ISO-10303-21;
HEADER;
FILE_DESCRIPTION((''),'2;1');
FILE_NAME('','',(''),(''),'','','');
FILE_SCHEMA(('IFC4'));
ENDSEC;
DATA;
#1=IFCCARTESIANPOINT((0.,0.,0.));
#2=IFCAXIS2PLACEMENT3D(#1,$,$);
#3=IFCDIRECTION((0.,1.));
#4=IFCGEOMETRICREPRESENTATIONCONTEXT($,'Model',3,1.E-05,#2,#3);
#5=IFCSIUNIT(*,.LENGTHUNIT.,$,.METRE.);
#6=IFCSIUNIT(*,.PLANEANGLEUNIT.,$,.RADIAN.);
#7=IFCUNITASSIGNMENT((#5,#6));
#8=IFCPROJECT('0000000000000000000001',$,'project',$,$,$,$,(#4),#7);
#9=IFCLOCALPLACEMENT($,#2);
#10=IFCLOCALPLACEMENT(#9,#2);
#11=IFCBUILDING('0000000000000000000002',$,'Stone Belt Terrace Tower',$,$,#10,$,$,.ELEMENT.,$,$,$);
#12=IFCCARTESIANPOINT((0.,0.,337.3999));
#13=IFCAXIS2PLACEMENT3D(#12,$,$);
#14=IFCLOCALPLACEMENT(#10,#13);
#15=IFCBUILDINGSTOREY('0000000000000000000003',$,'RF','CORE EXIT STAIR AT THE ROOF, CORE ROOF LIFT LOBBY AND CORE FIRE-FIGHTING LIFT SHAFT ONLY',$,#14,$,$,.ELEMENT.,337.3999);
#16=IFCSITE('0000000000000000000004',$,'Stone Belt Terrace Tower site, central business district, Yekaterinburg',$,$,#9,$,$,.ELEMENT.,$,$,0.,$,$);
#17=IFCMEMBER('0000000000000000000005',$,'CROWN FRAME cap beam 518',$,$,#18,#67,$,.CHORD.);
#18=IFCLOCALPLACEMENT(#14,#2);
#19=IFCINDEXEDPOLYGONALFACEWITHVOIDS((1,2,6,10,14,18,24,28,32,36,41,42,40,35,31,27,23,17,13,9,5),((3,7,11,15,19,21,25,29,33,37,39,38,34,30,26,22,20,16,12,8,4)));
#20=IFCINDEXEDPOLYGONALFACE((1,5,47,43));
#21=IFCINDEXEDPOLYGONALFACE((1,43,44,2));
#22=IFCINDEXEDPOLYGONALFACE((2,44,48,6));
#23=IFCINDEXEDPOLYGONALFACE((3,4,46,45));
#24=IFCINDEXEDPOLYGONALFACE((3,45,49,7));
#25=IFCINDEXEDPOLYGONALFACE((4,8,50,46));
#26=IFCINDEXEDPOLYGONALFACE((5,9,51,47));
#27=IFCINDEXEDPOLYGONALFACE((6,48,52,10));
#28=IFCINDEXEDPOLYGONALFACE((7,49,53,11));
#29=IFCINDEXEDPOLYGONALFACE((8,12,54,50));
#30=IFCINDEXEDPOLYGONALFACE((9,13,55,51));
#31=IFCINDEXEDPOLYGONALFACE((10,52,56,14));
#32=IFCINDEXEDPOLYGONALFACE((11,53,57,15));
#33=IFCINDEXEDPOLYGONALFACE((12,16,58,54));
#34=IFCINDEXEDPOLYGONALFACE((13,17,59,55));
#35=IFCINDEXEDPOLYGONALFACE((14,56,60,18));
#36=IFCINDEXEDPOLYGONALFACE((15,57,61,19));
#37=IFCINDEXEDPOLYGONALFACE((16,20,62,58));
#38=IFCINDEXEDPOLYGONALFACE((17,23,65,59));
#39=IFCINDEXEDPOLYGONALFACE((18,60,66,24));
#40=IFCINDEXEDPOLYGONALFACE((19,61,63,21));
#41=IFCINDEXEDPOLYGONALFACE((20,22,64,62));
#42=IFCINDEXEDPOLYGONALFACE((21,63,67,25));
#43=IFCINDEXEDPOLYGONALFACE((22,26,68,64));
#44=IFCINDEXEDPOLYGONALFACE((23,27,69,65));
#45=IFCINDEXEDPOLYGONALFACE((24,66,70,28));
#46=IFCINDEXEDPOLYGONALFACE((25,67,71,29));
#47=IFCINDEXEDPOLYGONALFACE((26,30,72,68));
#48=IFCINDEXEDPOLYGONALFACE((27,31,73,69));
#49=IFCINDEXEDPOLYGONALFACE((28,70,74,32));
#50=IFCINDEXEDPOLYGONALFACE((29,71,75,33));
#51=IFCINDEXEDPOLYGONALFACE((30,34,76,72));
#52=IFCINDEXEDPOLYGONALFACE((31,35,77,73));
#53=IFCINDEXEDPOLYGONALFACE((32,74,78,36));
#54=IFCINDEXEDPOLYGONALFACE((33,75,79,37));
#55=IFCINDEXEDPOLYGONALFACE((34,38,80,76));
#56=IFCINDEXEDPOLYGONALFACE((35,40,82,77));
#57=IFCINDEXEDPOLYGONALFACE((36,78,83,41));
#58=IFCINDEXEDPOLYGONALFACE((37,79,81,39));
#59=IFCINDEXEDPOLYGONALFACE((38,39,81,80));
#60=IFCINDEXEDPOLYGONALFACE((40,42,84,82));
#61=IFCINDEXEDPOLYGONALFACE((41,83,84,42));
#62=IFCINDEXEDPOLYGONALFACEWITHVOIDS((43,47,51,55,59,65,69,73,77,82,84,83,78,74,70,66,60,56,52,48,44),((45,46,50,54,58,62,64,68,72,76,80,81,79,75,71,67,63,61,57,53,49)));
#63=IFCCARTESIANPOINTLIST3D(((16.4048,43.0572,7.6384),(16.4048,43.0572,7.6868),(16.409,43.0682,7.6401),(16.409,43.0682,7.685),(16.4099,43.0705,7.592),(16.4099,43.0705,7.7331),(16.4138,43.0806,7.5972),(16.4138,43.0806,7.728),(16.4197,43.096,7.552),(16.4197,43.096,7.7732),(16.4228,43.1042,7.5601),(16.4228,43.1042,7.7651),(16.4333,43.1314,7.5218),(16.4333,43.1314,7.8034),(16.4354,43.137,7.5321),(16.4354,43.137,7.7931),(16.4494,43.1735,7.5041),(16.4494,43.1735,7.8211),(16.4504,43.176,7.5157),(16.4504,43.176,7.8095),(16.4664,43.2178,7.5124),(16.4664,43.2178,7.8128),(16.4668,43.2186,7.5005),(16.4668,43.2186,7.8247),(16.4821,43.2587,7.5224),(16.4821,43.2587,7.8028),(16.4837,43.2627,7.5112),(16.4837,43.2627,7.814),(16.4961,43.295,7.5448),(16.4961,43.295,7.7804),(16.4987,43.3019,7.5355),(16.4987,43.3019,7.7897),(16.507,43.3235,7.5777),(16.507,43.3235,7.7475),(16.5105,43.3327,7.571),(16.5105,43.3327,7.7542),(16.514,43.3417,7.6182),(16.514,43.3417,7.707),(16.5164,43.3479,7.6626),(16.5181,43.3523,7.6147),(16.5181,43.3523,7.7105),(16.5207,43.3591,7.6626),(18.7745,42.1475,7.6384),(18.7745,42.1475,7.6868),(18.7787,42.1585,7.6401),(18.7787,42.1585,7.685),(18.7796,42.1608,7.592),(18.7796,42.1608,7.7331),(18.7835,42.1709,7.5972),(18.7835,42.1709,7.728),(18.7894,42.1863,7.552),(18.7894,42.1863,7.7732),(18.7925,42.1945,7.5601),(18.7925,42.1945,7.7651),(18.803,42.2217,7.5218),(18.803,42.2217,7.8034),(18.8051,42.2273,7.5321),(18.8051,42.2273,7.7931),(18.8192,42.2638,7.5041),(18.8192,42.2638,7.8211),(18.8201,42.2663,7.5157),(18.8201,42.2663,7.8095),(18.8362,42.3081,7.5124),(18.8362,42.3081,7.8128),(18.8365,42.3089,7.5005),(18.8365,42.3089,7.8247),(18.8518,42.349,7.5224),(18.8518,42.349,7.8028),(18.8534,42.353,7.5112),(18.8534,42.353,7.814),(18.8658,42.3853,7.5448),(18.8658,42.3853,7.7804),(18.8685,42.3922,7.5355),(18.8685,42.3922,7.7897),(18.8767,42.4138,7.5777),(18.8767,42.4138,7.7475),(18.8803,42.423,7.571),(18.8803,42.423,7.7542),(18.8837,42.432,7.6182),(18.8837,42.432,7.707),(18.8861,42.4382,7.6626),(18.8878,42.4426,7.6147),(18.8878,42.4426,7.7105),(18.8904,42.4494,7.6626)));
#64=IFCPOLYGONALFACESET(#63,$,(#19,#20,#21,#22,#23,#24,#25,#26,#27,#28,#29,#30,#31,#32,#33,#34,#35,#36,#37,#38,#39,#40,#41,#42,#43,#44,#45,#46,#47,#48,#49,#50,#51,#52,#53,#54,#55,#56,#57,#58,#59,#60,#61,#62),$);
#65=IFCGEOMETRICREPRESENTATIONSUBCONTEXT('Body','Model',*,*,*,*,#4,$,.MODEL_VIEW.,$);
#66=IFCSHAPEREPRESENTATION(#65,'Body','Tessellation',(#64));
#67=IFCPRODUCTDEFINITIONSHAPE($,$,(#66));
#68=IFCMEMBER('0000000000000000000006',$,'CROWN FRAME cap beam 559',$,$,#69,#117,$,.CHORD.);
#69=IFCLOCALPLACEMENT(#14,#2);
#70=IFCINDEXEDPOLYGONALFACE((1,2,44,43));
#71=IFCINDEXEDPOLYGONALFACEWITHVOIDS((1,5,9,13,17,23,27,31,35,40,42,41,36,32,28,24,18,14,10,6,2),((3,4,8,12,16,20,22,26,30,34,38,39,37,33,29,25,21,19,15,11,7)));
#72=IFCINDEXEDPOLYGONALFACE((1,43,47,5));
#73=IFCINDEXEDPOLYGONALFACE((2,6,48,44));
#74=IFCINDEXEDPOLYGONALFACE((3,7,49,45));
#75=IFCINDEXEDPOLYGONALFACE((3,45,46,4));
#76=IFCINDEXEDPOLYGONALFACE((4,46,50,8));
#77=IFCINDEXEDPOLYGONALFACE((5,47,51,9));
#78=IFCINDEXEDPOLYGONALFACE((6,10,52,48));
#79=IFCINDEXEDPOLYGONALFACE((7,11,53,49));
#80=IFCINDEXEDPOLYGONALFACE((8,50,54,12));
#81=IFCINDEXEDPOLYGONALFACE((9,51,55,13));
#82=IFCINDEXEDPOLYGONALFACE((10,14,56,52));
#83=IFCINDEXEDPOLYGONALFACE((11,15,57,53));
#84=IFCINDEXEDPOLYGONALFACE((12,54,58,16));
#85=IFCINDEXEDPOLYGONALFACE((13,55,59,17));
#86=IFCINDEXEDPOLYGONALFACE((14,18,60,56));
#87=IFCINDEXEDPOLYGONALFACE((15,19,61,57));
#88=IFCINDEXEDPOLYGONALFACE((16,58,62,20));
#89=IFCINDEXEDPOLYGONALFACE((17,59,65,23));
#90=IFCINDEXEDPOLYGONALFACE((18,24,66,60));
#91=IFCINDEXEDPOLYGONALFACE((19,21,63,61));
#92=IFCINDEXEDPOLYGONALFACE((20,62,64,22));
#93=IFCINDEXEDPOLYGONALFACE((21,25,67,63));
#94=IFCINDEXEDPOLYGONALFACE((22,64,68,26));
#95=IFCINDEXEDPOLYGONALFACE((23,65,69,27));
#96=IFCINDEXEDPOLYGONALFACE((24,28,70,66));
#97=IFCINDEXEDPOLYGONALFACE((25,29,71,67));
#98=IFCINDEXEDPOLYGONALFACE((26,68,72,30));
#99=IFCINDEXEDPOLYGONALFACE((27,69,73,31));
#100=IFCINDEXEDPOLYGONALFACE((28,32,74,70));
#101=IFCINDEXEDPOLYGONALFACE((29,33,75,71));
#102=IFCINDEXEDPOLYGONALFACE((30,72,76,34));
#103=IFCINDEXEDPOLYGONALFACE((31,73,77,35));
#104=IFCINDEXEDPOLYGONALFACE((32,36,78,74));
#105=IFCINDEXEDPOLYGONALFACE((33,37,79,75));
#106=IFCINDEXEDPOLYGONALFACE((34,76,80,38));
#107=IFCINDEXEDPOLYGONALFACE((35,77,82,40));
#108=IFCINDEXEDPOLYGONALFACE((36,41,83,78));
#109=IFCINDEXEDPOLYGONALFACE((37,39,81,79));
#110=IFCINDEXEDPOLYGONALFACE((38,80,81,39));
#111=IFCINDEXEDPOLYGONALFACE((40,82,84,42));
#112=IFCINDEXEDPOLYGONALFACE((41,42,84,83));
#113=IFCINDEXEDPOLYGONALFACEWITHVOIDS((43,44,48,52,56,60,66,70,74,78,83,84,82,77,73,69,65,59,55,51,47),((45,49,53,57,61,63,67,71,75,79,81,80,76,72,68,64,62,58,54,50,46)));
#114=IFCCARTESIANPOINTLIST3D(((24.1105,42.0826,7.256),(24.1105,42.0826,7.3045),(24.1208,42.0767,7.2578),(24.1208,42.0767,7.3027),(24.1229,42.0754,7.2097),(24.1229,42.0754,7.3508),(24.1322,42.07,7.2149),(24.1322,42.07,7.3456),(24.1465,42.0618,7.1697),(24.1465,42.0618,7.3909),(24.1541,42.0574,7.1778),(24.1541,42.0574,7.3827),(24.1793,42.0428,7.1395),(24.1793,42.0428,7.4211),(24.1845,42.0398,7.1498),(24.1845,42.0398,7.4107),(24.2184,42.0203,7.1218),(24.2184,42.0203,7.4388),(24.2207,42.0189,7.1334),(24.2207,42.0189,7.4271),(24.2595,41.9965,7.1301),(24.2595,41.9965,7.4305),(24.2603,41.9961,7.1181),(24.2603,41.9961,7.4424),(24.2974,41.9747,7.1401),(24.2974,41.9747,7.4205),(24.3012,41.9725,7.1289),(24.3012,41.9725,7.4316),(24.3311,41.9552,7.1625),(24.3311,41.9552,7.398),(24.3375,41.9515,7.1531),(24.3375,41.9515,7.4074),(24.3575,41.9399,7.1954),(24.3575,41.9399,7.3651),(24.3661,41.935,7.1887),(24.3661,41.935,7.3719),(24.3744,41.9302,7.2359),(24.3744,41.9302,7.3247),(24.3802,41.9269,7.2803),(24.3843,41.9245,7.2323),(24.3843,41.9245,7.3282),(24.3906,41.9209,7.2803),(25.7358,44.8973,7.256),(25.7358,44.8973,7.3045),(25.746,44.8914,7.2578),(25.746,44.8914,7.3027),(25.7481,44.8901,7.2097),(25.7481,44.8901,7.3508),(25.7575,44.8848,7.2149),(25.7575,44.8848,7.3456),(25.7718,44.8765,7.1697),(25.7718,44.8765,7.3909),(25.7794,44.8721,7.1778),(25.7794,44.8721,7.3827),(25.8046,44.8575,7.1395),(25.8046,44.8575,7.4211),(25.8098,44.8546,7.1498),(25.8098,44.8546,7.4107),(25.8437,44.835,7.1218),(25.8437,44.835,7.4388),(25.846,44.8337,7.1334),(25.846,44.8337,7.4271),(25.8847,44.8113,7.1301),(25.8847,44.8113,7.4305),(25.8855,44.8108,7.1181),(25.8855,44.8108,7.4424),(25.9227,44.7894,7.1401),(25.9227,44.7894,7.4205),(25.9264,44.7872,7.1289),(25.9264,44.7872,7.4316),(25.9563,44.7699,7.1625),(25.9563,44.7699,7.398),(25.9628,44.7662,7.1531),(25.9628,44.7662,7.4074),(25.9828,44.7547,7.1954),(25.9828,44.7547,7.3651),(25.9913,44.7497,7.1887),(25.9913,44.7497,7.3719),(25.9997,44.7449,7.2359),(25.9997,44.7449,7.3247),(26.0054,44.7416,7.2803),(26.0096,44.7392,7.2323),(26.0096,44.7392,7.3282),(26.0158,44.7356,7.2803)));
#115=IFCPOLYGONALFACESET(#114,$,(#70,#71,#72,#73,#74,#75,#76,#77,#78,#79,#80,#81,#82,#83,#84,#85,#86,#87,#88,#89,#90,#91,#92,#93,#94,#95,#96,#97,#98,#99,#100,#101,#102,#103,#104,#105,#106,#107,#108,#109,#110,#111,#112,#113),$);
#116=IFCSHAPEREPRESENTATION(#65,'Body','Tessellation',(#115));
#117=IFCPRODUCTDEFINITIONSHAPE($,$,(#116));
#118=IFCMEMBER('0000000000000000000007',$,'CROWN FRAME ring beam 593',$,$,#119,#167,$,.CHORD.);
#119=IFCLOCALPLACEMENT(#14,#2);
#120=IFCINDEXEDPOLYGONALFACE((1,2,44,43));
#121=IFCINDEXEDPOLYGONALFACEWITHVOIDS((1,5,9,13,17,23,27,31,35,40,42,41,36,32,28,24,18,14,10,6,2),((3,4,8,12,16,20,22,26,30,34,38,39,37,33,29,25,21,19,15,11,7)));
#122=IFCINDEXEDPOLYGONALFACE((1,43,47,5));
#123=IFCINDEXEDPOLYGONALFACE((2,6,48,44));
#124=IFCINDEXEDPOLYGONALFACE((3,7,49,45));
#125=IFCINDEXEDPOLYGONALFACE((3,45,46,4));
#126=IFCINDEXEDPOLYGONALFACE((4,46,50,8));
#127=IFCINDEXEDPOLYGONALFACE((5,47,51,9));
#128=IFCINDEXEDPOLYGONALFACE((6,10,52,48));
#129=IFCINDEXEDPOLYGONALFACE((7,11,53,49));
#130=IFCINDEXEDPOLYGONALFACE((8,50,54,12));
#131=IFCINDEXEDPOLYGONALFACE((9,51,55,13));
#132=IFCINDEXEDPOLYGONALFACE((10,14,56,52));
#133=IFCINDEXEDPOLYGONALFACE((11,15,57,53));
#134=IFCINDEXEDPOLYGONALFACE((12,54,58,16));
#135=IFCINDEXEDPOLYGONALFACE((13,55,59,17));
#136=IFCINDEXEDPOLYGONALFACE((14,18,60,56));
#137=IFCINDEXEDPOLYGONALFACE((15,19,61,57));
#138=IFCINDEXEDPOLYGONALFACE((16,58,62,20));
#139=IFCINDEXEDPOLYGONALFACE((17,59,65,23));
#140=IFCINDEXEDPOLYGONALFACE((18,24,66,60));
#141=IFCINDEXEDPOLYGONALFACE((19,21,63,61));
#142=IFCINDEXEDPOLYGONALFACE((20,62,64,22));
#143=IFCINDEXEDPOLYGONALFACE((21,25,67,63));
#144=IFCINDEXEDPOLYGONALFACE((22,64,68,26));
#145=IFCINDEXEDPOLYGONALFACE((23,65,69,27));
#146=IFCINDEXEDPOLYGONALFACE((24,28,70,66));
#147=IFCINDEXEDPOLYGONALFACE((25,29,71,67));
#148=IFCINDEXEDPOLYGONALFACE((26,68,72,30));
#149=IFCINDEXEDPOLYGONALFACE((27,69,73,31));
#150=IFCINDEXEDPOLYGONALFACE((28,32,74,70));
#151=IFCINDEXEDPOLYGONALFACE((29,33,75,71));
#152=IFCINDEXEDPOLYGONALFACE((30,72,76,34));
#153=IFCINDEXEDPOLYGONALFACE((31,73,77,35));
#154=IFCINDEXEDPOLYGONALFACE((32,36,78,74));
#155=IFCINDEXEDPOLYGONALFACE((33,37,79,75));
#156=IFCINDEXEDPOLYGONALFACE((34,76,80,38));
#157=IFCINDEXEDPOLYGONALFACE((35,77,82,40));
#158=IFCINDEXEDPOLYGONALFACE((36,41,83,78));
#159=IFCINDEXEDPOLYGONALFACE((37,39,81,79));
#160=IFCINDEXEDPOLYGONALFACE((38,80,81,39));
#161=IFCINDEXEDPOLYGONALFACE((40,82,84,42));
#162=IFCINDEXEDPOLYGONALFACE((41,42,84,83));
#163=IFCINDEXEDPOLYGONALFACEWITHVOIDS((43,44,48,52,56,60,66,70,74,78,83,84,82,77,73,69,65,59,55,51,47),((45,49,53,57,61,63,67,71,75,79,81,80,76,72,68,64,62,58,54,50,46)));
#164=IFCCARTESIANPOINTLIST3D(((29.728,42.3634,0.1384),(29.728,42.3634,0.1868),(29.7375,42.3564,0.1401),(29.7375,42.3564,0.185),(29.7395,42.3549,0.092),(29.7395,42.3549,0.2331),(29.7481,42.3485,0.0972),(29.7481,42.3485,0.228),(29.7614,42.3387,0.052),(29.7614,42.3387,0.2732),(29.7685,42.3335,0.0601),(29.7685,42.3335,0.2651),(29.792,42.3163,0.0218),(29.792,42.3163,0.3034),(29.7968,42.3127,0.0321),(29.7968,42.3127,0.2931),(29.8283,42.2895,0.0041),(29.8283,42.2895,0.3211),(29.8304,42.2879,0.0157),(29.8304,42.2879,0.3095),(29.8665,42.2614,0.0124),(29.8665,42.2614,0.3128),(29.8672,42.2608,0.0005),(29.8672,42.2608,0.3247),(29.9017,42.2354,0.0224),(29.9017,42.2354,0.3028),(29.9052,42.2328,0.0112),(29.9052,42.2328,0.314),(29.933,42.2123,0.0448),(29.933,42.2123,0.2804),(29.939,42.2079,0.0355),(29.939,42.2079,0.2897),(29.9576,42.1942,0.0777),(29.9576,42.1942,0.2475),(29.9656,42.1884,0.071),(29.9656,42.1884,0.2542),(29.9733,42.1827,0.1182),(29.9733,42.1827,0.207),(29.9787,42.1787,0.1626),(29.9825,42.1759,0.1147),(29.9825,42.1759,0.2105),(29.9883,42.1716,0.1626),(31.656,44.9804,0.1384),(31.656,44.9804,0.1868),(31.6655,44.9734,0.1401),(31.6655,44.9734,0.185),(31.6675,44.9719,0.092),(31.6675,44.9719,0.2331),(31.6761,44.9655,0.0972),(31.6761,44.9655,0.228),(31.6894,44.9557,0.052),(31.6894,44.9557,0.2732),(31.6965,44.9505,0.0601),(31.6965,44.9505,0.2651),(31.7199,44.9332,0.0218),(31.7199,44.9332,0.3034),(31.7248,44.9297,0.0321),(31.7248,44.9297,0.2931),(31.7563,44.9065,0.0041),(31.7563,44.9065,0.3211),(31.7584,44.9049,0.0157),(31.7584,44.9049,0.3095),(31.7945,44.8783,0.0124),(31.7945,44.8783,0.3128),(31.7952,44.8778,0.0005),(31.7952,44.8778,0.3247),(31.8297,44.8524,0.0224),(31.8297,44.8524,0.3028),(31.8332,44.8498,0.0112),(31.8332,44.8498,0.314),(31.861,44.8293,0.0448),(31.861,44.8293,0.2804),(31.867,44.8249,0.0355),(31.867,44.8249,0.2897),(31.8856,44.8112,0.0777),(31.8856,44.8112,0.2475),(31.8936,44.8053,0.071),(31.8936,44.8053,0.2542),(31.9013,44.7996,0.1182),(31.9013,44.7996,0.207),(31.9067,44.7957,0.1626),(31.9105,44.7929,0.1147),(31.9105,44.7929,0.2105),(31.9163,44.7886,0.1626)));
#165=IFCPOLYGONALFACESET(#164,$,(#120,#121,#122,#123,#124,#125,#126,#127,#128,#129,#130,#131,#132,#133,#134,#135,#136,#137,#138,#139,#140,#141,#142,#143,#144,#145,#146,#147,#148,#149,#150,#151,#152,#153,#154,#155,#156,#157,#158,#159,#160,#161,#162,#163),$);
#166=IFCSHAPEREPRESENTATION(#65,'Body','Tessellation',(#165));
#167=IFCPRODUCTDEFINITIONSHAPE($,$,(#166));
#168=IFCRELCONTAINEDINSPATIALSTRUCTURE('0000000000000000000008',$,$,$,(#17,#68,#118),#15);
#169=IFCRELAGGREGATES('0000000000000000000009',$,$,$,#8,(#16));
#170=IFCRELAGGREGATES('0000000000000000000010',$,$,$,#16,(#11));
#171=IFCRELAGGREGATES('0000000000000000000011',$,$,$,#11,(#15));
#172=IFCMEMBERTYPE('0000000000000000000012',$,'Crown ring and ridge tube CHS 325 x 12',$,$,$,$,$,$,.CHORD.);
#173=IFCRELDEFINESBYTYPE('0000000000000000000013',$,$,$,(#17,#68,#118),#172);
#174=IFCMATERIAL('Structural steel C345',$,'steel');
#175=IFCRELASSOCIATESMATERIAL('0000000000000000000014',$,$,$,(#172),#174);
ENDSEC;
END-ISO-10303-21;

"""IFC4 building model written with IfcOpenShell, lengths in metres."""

from ifc_helpers import new_model, si_unit, direction, frame, origin, origin_2d, place, context, subcontext, project, spatial, hollow_circle, extrude, material, material_profile, profile_set, type_object, element, save


model = new_model("IFC4")

# Units and contexts
model_context = context("Model", 3, precision=1e-05, world=origin(), true_north=direction((0.0, 1.0)))
body_context = subcontext(model_context, "Body", "Model", "MODEL_VIEW")
ifc_project = project(units=[si_unit("LENGTHUNIT", "METRE"), si_unit("PLANEANGLEUNIT", "RADIAN")], contexts=[model_context])

# Site, building, storey
site_placement = place(None, origin())
site = spatial("IfcSite", under=ifc_project, at=site_placement, Name="Stone Belt Terrace Tower site, central business district, Yekaterinburg", CompositionType="ELEMENT", RefElevation=0.0)
building_placement = place(site_placement, origin())
building = spatial("IfcBuilding", under=site, at=building_placement, Name="Stone Belt Terrace Tower", CompositionType="ELEMENT")
storey_placement = place(building_placement, frame((0.0, 0.0, 337.3999)))
storey = spatial("IfcBuildingStorey", under=building, at=storey_placement, Name="RF", Description="CORE EXIT STAIR AT THE ROOF, CORE ROOF LIFT LOBBY AND CORE FIRE-FIGHTING LIFT SHAFT ONLY", CompositionType="ELEMENT", Elevation=337.3999)

# Members
ifc_material_1 = material(Name="Structural steel C345", Category="steel")
ifc_material_profile_1 = material_profile(ifc_material_1, hollow_circle(Radius=0.1626, WallThickness=0.012, at=origin_2d()), Name="Structural steel C345 CHS 325x12")
ifc_profile_set_1 = profile_set([ifc_material_profile_1], Name="Structural steel C345")
member_type_1 = type_object("IfcMemberType", Name="Crown ring and ridge tube CHS 325 x 12", PredefinedType="CHORD", material=ifc_profile_set_1)
member_1_placement = place(storey_placement, frame((16.4624, 43.2073, 7.6626), z_axis=(0.933573, -0.358386, 0.0), x_axis=(0.358386, 0.933573, 0.0)))
element("IfcMember", 1, at=member_1_placement, inside=storey, type_object=member_type_1, Name="CROWN FRAME cap beam 518", PredefinedType="CHORD", context=body_context, shape_type="SweptSolid", body=[
    extrude(hollow_circle(Radius=0.1626, WallThickness=0.012, at=origin_2d()), origin(), (0.0, 0.0, 1.0), 2.5383),
])
member_2_placement = place(storey_placement, frame((25.875, 44.8169, 7.2803), z_axis=(-0.500041, -0.866002, 0.0), x_axis=(0.866002, -0.500041, 0.0)))
element("IfcMember", 2, at=member_2_placement, inside=storey, type_object=member_type_1, Name="CROWN FRAME cap beam 559", PredefinedType="CHORD", context=body_context, shape_type="SweptSolid", body=[
    extrude(hollow_circle(Radius=0.1626, WallThickness=0.012, at=origin_2d()), origin(), (0.0, 0.0, 1.0), 3.2502),
])
member_3_placement = place(storey_placement, frame((31.7854, 44.885, 0.1626), z_axis=(-0.59314, -0.805099, 0.0), x_axis=(0.805099, -0.59314, 0.0)))
element("IfcMember", 3, at=member_3_placement, inside=storey, type_object=member_type_1, Name="CROWN FRAME ring beam 593", PredefinedType="CHORD", context=body_context, shape_type="SweptSolid", body=[
    extrude(hollow_circle(Radius=0.1626, WallThickness=0.012, at=origin_2d()), origin(), (0.0, 0.0, 1.0), 3.2505),
])

save(model, "model.ifc")
